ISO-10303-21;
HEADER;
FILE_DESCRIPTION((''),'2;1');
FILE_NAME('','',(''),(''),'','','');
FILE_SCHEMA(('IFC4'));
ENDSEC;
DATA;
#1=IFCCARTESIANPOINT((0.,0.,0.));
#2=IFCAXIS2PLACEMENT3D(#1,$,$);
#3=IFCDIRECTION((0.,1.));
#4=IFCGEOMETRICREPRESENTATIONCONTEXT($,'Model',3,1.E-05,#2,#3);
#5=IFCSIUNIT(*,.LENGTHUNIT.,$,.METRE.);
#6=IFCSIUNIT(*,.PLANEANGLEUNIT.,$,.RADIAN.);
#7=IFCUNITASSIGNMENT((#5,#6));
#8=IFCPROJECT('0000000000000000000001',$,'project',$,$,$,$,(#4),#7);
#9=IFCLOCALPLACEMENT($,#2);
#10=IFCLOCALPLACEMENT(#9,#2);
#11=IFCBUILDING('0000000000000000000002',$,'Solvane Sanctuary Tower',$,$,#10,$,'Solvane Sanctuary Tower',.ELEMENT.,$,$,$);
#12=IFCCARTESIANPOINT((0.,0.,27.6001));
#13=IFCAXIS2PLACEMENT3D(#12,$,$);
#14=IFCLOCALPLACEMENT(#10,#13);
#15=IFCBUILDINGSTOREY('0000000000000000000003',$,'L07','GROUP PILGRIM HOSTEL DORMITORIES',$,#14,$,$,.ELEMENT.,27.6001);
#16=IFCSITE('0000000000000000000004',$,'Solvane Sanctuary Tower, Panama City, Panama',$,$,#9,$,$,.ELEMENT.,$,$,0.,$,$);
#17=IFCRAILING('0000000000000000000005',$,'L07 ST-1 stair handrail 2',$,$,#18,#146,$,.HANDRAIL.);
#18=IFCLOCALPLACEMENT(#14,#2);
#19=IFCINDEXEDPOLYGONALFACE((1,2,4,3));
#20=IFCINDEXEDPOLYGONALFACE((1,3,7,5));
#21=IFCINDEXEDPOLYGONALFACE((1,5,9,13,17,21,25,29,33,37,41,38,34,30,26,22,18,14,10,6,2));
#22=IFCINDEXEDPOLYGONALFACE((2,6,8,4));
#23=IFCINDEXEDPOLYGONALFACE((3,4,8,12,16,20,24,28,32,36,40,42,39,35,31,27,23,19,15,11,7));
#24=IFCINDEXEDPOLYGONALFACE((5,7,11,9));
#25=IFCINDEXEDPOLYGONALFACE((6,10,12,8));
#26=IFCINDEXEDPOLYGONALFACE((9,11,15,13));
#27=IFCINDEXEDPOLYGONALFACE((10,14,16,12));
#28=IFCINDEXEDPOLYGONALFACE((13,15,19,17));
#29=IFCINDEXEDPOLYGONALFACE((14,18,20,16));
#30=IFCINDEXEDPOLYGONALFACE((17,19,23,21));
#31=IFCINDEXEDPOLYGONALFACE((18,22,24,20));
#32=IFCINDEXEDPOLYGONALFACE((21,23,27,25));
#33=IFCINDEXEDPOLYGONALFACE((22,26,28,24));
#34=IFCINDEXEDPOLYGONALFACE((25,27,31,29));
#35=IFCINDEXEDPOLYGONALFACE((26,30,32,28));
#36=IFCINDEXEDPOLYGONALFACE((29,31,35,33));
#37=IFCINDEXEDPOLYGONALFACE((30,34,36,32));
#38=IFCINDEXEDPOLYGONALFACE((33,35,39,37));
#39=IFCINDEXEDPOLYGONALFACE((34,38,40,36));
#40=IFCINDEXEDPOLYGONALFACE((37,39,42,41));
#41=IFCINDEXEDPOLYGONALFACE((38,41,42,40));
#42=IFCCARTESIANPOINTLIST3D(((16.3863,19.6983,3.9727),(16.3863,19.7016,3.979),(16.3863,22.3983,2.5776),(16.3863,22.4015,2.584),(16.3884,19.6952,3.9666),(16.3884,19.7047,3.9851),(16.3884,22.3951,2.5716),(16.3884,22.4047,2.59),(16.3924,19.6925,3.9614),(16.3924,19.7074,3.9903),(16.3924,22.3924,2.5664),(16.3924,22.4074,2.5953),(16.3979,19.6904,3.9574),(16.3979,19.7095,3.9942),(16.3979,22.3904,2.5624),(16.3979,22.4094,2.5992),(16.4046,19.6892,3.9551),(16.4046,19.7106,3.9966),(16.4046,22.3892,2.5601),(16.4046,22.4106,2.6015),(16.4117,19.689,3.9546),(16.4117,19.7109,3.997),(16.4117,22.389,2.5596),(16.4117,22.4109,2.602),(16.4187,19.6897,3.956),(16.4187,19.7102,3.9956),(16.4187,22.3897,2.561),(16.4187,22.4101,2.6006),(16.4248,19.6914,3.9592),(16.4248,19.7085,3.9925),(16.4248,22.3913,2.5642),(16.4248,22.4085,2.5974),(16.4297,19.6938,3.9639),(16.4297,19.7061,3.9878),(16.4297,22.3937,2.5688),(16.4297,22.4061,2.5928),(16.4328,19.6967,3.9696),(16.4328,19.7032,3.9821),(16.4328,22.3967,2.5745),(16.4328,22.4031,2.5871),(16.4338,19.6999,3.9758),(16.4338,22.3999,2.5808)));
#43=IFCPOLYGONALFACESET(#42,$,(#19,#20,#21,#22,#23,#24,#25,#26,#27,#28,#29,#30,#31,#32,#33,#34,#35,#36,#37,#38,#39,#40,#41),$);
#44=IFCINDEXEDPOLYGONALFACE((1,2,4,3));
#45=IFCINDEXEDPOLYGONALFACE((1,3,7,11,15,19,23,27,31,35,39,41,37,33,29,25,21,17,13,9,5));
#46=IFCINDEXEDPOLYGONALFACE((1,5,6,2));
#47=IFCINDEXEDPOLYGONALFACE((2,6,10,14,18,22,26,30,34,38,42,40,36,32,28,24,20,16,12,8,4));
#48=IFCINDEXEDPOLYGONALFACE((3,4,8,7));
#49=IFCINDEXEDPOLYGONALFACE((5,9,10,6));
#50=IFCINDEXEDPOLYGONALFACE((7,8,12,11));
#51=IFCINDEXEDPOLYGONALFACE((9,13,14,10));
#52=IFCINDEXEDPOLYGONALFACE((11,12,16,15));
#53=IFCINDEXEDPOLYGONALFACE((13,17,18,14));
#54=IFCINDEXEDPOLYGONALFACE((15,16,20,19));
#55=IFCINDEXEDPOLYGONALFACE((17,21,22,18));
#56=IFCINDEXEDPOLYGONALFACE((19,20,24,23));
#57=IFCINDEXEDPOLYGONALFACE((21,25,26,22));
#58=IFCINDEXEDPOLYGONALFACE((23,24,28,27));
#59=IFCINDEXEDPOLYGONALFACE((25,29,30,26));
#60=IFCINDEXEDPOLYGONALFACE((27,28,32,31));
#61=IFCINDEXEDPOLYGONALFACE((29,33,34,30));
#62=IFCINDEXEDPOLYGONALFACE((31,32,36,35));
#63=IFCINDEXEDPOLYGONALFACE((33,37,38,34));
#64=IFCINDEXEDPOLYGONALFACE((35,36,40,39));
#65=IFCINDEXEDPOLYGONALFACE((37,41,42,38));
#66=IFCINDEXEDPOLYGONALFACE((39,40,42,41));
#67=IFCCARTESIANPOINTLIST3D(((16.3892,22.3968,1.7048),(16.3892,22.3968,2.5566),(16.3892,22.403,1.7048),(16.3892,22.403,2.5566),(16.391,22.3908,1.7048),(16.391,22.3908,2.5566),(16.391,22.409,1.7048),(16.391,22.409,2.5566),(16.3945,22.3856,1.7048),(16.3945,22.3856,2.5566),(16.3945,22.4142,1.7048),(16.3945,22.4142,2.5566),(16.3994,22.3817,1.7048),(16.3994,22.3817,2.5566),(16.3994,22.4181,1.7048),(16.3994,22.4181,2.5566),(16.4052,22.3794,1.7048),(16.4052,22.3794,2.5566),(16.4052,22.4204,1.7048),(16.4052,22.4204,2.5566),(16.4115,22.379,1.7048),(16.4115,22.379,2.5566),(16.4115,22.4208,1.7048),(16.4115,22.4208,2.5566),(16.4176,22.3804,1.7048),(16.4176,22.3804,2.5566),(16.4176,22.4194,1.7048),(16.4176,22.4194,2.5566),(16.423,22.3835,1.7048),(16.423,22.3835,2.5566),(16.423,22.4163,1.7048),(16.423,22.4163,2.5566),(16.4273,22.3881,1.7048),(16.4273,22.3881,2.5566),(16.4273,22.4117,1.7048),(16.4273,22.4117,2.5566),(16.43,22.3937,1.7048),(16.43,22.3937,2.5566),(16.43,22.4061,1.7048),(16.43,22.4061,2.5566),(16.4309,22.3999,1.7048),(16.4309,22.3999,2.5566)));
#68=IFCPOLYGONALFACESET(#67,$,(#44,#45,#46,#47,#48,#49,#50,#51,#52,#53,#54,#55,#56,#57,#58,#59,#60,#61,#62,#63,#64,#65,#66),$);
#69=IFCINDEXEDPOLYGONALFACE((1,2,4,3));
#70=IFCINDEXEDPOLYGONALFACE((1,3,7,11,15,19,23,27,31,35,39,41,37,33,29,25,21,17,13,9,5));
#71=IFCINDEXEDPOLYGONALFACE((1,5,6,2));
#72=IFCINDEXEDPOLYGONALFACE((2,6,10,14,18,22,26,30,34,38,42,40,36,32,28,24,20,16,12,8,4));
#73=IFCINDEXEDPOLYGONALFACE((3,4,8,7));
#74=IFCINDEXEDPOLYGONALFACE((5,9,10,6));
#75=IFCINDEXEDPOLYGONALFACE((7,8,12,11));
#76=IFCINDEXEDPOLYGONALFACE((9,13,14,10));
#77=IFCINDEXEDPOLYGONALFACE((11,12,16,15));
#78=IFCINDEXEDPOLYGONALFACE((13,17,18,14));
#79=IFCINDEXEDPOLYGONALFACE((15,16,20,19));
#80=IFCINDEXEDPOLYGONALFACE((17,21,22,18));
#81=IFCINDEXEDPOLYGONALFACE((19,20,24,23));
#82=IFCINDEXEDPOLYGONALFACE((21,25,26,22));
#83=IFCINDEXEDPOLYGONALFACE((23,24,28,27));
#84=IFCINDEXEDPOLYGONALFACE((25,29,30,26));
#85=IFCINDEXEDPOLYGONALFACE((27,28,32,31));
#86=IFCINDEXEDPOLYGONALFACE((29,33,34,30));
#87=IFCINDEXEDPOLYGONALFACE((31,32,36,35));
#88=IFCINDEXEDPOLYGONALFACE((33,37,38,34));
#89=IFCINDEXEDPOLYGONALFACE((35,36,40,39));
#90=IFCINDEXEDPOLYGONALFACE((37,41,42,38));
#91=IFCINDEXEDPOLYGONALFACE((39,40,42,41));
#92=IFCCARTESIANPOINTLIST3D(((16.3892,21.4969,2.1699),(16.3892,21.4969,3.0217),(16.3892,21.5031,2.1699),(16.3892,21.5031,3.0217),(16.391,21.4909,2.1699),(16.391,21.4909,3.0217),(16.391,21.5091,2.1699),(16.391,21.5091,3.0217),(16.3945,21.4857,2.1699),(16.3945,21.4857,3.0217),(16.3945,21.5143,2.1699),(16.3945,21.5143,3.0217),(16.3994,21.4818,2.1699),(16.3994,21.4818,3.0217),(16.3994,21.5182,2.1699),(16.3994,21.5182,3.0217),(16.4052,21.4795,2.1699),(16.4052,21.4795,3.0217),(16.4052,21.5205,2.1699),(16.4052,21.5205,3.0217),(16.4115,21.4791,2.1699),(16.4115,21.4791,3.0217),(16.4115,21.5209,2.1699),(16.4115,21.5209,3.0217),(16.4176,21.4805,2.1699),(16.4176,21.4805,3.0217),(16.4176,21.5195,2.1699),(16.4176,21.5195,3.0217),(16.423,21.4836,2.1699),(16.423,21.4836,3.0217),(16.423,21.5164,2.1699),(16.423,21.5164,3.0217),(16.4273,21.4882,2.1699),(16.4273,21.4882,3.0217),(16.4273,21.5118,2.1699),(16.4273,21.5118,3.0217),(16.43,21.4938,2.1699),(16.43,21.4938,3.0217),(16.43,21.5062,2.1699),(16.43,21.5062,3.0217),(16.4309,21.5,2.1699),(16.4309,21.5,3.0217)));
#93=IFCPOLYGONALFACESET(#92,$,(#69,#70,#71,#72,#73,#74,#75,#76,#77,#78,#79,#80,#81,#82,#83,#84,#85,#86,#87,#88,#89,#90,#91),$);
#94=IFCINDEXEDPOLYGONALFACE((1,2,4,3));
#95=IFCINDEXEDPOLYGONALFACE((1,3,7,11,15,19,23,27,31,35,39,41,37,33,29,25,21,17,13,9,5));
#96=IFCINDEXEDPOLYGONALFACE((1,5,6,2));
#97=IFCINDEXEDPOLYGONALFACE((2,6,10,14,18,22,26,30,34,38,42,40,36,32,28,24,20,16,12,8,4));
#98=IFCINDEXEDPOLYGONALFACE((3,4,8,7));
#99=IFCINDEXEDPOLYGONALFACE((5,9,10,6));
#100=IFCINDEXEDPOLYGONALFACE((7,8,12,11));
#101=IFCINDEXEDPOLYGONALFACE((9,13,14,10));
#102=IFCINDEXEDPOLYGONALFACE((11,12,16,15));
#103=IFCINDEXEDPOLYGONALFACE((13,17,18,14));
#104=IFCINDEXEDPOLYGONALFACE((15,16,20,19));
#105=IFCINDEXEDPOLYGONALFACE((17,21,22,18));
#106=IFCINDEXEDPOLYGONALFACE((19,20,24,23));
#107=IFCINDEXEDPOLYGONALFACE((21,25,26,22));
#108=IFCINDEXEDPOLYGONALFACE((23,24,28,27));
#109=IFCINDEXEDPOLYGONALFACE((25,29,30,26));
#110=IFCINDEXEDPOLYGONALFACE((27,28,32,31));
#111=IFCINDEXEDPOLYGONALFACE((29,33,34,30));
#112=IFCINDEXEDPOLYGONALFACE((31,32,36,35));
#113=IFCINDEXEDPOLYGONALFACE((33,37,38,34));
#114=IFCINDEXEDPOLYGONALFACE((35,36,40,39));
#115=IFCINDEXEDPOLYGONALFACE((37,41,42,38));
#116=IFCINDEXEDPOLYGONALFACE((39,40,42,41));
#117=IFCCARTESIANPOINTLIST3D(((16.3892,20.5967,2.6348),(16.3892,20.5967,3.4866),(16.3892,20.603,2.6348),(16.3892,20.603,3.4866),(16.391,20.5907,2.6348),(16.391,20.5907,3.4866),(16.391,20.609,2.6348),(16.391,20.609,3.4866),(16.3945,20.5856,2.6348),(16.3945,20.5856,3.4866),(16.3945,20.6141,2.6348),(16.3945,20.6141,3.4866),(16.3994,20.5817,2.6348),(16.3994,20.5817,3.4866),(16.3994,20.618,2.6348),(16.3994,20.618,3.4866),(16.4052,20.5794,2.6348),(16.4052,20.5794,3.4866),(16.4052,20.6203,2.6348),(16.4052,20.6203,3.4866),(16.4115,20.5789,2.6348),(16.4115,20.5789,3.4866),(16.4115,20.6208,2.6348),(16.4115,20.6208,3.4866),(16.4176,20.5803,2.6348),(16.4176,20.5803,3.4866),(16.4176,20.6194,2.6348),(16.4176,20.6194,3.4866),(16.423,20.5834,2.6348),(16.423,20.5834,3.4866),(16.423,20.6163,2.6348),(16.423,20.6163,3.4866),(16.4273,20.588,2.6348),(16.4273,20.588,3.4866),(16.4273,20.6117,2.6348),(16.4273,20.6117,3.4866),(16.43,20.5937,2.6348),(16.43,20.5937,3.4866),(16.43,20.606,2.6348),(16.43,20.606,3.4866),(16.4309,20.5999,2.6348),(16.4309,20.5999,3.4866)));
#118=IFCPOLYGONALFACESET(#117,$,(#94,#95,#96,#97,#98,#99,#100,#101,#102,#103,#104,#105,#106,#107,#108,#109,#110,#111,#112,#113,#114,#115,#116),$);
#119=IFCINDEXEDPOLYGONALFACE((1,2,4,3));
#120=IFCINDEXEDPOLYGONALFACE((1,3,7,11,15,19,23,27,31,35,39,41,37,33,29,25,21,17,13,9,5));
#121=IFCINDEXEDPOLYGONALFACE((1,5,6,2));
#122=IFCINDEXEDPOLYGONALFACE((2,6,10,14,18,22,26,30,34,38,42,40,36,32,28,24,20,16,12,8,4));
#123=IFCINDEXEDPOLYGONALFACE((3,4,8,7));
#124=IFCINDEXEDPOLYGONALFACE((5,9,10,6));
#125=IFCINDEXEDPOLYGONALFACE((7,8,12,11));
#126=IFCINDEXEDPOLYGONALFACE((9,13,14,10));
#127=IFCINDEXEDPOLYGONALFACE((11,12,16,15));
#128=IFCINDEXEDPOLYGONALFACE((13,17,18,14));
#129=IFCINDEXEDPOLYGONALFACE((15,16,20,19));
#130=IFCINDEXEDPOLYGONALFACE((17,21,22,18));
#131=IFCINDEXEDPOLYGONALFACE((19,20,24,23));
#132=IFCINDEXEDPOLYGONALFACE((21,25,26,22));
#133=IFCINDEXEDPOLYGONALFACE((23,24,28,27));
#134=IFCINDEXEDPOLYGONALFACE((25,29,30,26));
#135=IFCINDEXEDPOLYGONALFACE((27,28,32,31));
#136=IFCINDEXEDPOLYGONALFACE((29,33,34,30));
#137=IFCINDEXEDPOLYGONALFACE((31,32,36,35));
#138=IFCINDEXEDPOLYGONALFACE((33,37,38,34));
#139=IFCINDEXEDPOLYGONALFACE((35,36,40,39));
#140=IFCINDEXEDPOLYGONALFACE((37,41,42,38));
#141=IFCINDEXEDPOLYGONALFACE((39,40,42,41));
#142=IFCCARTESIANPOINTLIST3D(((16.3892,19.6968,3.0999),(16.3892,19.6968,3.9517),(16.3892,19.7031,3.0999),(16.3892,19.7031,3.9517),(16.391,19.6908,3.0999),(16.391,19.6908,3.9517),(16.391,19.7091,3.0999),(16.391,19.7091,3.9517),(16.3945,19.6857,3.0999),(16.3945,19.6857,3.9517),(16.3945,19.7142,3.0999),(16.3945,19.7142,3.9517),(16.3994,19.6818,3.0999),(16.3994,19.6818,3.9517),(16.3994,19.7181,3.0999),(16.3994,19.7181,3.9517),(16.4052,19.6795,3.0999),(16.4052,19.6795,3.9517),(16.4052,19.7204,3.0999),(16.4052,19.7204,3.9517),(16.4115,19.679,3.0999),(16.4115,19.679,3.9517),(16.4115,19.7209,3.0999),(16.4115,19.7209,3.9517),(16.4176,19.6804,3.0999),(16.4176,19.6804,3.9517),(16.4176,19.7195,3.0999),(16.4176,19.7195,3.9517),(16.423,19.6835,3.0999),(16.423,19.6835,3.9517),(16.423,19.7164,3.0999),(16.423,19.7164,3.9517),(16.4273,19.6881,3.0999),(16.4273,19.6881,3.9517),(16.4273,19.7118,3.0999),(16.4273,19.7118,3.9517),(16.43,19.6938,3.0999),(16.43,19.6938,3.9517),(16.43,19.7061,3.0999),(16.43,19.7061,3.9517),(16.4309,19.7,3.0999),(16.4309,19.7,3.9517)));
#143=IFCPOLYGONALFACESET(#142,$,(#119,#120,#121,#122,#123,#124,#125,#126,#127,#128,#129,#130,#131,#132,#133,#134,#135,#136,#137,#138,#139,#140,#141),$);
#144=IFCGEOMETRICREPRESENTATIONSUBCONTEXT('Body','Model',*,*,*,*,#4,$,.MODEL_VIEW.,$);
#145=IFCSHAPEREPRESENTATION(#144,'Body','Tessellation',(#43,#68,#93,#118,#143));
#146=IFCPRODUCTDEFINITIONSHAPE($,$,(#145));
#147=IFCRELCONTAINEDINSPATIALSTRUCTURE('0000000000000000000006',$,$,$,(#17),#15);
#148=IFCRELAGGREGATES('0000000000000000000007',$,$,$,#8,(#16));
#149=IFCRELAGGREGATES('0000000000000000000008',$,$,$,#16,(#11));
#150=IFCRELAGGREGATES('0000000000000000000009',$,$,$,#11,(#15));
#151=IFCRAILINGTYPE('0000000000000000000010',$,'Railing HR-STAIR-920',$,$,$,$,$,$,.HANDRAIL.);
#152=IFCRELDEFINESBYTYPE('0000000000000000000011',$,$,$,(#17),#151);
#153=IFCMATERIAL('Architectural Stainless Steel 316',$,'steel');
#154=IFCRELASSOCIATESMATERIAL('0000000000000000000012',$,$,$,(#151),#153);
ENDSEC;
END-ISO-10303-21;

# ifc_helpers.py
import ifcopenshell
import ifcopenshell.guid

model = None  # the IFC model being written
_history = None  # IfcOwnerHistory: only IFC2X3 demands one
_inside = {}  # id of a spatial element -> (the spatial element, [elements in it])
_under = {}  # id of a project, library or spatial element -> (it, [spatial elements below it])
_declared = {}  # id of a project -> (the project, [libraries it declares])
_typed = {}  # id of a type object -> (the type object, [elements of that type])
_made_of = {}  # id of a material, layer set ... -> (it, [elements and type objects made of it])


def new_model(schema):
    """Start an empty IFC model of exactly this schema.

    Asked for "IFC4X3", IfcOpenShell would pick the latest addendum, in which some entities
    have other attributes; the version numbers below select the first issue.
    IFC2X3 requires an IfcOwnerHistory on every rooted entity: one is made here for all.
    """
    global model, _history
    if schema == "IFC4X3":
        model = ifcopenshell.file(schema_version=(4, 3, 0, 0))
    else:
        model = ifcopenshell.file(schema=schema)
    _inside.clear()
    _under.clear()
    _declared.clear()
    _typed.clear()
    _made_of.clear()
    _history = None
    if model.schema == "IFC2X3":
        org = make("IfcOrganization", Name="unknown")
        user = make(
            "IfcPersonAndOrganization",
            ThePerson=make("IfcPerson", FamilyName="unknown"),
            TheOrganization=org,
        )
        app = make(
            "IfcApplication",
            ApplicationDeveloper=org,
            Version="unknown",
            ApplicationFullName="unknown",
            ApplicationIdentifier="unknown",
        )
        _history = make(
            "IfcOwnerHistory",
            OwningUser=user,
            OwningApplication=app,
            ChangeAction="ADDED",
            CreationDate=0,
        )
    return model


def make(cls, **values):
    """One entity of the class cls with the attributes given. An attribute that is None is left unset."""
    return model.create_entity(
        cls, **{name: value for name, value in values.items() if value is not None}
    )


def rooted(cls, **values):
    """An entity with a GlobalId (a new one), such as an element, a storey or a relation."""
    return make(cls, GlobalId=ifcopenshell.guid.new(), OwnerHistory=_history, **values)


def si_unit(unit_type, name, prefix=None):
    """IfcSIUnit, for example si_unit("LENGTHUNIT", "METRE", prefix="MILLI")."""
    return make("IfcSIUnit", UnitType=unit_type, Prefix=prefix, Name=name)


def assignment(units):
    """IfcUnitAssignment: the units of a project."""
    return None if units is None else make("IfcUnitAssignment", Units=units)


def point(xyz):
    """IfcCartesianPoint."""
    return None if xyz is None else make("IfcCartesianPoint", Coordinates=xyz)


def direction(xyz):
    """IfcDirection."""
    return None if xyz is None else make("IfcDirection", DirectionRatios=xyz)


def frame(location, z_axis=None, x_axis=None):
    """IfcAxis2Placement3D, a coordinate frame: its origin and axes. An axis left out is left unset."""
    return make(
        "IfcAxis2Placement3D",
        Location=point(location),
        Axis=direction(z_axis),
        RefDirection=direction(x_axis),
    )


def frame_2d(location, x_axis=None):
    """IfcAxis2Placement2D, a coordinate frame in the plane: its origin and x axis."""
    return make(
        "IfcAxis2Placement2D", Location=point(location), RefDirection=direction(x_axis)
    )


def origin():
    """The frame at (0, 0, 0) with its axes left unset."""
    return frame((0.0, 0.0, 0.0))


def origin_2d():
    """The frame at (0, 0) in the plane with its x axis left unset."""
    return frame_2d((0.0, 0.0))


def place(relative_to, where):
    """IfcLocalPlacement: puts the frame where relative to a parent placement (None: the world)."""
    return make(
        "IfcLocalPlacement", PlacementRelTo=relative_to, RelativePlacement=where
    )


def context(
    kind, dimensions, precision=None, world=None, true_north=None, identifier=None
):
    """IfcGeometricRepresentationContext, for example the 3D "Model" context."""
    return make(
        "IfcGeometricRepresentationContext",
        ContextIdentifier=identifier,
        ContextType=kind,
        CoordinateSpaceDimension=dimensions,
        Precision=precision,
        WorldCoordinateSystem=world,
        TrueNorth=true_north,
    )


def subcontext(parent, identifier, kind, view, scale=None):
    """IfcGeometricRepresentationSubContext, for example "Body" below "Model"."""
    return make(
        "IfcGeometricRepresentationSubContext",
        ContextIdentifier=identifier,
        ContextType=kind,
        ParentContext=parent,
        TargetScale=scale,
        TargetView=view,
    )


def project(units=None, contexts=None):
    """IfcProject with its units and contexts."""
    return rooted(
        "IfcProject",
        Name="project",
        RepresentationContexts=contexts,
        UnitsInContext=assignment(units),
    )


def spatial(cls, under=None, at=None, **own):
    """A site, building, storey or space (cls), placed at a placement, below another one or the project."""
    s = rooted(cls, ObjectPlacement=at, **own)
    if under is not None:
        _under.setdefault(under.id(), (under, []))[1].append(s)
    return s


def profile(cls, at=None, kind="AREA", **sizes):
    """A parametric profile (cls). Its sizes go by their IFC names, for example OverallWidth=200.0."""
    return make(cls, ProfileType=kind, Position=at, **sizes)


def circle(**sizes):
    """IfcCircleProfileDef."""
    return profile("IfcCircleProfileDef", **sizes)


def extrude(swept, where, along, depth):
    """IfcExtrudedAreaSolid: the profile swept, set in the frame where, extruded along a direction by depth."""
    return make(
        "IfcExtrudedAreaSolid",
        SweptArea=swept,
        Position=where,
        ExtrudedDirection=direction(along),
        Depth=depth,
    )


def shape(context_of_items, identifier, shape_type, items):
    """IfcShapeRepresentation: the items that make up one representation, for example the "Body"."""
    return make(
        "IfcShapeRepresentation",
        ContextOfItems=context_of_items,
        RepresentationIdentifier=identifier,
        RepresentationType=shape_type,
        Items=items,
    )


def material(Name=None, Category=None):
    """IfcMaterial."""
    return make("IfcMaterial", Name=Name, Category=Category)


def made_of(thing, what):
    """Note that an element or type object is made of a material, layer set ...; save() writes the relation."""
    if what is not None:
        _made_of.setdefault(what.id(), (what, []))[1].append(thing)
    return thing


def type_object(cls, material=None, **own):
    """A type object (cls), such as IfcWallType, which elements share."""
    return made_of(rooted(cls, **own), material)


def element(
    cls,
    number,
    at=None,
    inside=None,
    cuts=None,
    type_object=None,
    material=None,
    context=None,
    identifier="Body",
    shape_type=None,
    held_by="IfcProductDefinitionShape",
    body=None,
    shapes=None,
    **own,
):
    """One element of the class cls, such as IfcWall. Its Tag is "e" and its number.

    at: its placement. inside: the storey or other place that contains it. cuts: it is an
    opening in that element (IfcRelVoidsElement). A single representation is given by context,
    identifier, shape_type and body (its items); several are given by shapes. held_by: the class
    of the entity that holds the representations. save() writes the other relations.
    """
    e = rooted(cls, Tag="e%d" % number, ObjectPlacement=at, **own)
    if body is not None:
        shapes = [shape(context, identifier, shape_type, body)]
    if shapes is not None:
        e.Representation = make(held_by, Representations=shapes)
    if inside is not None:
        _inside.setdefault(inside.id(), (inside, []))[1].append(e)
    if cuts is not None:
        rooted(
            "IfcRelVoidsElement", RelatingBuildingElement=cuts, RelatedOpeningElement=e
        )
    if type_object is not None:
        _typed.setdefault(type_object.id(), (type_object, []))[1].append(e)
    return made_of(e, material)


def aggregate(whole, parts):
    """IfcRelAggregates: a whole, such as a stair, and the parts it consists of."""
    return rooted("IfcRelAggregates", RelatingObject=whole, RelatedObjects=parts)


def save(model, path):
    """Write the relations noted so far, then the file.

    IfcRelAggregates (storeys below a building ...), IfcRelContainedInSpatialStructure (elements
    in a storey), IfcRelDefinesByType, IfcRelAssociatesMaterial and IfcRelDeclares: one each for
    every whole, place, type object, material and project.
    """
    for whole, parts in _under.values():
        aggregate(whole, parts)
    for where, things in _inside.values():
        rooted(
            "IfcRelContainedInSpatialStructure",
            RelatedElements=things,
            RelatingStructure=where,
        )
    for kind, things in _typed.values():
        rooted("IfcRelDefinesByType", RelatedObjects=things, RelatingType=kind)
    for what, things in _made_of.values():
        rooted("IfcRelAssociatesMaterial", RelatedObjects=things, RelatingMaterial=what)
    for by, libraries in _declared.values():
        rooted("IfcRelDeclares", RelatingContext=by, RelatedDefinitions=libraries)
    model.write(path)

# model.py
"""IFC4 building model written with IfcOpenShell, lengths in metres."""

from ifc_helpers import new_model, si_unit, direction, frame, origin, origin_2d, place, context, subcontext, project, spatial, circle, extrude, material, type_object, element, save


model = new_model("IFC4")

# Units and contexts
model_context = context("Model", 3, precision=1e-05, world=origin(), true_north=direction((0.0, 1.0)))
body_context = subcontext(model_context, "Body", "Model", "MODEL_VIEW")
ifc_project = project(units=[si_unit("LENGTHUNIT", "METRE"), si_unit("PLANEANGLEUNIT", "RADIAN")], contexts=[model_context])

# Site, building, storey
site_placement = place(None, origin())
site = spatial("IfcSite", under=ifc_project, at=site_placement, Name="Solvane Sanctuary Tower, Panama City, Panama", CompositionType="ELEMENT", RefElevation=0.0)
building_placement = place(site_placement, origin())
building = spatial("IfcBuilding", under=site, at=building_placement, Name="Solvane Sanctuary Tower", LongName="Solvane Sanctuary Tower", CompositionType="ELEMENT")
storey_placement = place(building_placement, frame((0.0, 0.0, 27.6001)))
storey = spatial("IfcBuildingStorey", under=building, at=storey_placement, Name="L07", Description="GROUP PILGRIM HOSTEL DORMITORIES", CompositionType="ELEMENT", Elevation=27.6001)

# Railing
ifc_material_1 = material(Name="Architectural Stainless Steel 316", Category="steel")
railing_type_1 = type_object("IfcRailingType", Name="Railing HR-STAIR-920", PredefinedType="HANDRAIL", material=ifc_material_1)
railing_1_placement = place(storey_placement, frame((16.4099, 22.3999, 1.7048)))
element("IfcRailing", 1, at=railing_1_placement, inside=storey, type_object=railing_type_1, Name="L07 ST-1 stair handrail 2", PredefinedType="HANDRAIL", context=body_context, shape_type="SweptSolid", body=[
    extrude(circle(Radius=0.0239, at=origin_2d()), frame((0.0, 0.0, 0.876), z_axis=(0.0, -0.88842, 0.459032), x_axis=(1.0, 0.0, 0.0)), (0.0, 0.0, 1.0), 3.0391),
    extrude(circle(Radius=0.021, at=origin_2d()), origin(), (0.0, 0.0, 1.0), 0.8518),
    extrude(circle(Radius=0.021, at=origin_2d()), frame((0.0, -0.8999, 0.4651)), (0.0, 0.0, 1.0), 0.8518),
    extrude(circle(Radius=0.021, at=origin_2d()), frame((0.0, -1.8, 0.9299)), (0.0, 0.0, 1.0), 0.8518),
    extrude(circle(Radius=0.021, at=origin_2d()), frame((0.0, -2.7, 1.395)), (0.0, 0.0, 1.0), 0.8518),
])

save(model, "model.ifc")
